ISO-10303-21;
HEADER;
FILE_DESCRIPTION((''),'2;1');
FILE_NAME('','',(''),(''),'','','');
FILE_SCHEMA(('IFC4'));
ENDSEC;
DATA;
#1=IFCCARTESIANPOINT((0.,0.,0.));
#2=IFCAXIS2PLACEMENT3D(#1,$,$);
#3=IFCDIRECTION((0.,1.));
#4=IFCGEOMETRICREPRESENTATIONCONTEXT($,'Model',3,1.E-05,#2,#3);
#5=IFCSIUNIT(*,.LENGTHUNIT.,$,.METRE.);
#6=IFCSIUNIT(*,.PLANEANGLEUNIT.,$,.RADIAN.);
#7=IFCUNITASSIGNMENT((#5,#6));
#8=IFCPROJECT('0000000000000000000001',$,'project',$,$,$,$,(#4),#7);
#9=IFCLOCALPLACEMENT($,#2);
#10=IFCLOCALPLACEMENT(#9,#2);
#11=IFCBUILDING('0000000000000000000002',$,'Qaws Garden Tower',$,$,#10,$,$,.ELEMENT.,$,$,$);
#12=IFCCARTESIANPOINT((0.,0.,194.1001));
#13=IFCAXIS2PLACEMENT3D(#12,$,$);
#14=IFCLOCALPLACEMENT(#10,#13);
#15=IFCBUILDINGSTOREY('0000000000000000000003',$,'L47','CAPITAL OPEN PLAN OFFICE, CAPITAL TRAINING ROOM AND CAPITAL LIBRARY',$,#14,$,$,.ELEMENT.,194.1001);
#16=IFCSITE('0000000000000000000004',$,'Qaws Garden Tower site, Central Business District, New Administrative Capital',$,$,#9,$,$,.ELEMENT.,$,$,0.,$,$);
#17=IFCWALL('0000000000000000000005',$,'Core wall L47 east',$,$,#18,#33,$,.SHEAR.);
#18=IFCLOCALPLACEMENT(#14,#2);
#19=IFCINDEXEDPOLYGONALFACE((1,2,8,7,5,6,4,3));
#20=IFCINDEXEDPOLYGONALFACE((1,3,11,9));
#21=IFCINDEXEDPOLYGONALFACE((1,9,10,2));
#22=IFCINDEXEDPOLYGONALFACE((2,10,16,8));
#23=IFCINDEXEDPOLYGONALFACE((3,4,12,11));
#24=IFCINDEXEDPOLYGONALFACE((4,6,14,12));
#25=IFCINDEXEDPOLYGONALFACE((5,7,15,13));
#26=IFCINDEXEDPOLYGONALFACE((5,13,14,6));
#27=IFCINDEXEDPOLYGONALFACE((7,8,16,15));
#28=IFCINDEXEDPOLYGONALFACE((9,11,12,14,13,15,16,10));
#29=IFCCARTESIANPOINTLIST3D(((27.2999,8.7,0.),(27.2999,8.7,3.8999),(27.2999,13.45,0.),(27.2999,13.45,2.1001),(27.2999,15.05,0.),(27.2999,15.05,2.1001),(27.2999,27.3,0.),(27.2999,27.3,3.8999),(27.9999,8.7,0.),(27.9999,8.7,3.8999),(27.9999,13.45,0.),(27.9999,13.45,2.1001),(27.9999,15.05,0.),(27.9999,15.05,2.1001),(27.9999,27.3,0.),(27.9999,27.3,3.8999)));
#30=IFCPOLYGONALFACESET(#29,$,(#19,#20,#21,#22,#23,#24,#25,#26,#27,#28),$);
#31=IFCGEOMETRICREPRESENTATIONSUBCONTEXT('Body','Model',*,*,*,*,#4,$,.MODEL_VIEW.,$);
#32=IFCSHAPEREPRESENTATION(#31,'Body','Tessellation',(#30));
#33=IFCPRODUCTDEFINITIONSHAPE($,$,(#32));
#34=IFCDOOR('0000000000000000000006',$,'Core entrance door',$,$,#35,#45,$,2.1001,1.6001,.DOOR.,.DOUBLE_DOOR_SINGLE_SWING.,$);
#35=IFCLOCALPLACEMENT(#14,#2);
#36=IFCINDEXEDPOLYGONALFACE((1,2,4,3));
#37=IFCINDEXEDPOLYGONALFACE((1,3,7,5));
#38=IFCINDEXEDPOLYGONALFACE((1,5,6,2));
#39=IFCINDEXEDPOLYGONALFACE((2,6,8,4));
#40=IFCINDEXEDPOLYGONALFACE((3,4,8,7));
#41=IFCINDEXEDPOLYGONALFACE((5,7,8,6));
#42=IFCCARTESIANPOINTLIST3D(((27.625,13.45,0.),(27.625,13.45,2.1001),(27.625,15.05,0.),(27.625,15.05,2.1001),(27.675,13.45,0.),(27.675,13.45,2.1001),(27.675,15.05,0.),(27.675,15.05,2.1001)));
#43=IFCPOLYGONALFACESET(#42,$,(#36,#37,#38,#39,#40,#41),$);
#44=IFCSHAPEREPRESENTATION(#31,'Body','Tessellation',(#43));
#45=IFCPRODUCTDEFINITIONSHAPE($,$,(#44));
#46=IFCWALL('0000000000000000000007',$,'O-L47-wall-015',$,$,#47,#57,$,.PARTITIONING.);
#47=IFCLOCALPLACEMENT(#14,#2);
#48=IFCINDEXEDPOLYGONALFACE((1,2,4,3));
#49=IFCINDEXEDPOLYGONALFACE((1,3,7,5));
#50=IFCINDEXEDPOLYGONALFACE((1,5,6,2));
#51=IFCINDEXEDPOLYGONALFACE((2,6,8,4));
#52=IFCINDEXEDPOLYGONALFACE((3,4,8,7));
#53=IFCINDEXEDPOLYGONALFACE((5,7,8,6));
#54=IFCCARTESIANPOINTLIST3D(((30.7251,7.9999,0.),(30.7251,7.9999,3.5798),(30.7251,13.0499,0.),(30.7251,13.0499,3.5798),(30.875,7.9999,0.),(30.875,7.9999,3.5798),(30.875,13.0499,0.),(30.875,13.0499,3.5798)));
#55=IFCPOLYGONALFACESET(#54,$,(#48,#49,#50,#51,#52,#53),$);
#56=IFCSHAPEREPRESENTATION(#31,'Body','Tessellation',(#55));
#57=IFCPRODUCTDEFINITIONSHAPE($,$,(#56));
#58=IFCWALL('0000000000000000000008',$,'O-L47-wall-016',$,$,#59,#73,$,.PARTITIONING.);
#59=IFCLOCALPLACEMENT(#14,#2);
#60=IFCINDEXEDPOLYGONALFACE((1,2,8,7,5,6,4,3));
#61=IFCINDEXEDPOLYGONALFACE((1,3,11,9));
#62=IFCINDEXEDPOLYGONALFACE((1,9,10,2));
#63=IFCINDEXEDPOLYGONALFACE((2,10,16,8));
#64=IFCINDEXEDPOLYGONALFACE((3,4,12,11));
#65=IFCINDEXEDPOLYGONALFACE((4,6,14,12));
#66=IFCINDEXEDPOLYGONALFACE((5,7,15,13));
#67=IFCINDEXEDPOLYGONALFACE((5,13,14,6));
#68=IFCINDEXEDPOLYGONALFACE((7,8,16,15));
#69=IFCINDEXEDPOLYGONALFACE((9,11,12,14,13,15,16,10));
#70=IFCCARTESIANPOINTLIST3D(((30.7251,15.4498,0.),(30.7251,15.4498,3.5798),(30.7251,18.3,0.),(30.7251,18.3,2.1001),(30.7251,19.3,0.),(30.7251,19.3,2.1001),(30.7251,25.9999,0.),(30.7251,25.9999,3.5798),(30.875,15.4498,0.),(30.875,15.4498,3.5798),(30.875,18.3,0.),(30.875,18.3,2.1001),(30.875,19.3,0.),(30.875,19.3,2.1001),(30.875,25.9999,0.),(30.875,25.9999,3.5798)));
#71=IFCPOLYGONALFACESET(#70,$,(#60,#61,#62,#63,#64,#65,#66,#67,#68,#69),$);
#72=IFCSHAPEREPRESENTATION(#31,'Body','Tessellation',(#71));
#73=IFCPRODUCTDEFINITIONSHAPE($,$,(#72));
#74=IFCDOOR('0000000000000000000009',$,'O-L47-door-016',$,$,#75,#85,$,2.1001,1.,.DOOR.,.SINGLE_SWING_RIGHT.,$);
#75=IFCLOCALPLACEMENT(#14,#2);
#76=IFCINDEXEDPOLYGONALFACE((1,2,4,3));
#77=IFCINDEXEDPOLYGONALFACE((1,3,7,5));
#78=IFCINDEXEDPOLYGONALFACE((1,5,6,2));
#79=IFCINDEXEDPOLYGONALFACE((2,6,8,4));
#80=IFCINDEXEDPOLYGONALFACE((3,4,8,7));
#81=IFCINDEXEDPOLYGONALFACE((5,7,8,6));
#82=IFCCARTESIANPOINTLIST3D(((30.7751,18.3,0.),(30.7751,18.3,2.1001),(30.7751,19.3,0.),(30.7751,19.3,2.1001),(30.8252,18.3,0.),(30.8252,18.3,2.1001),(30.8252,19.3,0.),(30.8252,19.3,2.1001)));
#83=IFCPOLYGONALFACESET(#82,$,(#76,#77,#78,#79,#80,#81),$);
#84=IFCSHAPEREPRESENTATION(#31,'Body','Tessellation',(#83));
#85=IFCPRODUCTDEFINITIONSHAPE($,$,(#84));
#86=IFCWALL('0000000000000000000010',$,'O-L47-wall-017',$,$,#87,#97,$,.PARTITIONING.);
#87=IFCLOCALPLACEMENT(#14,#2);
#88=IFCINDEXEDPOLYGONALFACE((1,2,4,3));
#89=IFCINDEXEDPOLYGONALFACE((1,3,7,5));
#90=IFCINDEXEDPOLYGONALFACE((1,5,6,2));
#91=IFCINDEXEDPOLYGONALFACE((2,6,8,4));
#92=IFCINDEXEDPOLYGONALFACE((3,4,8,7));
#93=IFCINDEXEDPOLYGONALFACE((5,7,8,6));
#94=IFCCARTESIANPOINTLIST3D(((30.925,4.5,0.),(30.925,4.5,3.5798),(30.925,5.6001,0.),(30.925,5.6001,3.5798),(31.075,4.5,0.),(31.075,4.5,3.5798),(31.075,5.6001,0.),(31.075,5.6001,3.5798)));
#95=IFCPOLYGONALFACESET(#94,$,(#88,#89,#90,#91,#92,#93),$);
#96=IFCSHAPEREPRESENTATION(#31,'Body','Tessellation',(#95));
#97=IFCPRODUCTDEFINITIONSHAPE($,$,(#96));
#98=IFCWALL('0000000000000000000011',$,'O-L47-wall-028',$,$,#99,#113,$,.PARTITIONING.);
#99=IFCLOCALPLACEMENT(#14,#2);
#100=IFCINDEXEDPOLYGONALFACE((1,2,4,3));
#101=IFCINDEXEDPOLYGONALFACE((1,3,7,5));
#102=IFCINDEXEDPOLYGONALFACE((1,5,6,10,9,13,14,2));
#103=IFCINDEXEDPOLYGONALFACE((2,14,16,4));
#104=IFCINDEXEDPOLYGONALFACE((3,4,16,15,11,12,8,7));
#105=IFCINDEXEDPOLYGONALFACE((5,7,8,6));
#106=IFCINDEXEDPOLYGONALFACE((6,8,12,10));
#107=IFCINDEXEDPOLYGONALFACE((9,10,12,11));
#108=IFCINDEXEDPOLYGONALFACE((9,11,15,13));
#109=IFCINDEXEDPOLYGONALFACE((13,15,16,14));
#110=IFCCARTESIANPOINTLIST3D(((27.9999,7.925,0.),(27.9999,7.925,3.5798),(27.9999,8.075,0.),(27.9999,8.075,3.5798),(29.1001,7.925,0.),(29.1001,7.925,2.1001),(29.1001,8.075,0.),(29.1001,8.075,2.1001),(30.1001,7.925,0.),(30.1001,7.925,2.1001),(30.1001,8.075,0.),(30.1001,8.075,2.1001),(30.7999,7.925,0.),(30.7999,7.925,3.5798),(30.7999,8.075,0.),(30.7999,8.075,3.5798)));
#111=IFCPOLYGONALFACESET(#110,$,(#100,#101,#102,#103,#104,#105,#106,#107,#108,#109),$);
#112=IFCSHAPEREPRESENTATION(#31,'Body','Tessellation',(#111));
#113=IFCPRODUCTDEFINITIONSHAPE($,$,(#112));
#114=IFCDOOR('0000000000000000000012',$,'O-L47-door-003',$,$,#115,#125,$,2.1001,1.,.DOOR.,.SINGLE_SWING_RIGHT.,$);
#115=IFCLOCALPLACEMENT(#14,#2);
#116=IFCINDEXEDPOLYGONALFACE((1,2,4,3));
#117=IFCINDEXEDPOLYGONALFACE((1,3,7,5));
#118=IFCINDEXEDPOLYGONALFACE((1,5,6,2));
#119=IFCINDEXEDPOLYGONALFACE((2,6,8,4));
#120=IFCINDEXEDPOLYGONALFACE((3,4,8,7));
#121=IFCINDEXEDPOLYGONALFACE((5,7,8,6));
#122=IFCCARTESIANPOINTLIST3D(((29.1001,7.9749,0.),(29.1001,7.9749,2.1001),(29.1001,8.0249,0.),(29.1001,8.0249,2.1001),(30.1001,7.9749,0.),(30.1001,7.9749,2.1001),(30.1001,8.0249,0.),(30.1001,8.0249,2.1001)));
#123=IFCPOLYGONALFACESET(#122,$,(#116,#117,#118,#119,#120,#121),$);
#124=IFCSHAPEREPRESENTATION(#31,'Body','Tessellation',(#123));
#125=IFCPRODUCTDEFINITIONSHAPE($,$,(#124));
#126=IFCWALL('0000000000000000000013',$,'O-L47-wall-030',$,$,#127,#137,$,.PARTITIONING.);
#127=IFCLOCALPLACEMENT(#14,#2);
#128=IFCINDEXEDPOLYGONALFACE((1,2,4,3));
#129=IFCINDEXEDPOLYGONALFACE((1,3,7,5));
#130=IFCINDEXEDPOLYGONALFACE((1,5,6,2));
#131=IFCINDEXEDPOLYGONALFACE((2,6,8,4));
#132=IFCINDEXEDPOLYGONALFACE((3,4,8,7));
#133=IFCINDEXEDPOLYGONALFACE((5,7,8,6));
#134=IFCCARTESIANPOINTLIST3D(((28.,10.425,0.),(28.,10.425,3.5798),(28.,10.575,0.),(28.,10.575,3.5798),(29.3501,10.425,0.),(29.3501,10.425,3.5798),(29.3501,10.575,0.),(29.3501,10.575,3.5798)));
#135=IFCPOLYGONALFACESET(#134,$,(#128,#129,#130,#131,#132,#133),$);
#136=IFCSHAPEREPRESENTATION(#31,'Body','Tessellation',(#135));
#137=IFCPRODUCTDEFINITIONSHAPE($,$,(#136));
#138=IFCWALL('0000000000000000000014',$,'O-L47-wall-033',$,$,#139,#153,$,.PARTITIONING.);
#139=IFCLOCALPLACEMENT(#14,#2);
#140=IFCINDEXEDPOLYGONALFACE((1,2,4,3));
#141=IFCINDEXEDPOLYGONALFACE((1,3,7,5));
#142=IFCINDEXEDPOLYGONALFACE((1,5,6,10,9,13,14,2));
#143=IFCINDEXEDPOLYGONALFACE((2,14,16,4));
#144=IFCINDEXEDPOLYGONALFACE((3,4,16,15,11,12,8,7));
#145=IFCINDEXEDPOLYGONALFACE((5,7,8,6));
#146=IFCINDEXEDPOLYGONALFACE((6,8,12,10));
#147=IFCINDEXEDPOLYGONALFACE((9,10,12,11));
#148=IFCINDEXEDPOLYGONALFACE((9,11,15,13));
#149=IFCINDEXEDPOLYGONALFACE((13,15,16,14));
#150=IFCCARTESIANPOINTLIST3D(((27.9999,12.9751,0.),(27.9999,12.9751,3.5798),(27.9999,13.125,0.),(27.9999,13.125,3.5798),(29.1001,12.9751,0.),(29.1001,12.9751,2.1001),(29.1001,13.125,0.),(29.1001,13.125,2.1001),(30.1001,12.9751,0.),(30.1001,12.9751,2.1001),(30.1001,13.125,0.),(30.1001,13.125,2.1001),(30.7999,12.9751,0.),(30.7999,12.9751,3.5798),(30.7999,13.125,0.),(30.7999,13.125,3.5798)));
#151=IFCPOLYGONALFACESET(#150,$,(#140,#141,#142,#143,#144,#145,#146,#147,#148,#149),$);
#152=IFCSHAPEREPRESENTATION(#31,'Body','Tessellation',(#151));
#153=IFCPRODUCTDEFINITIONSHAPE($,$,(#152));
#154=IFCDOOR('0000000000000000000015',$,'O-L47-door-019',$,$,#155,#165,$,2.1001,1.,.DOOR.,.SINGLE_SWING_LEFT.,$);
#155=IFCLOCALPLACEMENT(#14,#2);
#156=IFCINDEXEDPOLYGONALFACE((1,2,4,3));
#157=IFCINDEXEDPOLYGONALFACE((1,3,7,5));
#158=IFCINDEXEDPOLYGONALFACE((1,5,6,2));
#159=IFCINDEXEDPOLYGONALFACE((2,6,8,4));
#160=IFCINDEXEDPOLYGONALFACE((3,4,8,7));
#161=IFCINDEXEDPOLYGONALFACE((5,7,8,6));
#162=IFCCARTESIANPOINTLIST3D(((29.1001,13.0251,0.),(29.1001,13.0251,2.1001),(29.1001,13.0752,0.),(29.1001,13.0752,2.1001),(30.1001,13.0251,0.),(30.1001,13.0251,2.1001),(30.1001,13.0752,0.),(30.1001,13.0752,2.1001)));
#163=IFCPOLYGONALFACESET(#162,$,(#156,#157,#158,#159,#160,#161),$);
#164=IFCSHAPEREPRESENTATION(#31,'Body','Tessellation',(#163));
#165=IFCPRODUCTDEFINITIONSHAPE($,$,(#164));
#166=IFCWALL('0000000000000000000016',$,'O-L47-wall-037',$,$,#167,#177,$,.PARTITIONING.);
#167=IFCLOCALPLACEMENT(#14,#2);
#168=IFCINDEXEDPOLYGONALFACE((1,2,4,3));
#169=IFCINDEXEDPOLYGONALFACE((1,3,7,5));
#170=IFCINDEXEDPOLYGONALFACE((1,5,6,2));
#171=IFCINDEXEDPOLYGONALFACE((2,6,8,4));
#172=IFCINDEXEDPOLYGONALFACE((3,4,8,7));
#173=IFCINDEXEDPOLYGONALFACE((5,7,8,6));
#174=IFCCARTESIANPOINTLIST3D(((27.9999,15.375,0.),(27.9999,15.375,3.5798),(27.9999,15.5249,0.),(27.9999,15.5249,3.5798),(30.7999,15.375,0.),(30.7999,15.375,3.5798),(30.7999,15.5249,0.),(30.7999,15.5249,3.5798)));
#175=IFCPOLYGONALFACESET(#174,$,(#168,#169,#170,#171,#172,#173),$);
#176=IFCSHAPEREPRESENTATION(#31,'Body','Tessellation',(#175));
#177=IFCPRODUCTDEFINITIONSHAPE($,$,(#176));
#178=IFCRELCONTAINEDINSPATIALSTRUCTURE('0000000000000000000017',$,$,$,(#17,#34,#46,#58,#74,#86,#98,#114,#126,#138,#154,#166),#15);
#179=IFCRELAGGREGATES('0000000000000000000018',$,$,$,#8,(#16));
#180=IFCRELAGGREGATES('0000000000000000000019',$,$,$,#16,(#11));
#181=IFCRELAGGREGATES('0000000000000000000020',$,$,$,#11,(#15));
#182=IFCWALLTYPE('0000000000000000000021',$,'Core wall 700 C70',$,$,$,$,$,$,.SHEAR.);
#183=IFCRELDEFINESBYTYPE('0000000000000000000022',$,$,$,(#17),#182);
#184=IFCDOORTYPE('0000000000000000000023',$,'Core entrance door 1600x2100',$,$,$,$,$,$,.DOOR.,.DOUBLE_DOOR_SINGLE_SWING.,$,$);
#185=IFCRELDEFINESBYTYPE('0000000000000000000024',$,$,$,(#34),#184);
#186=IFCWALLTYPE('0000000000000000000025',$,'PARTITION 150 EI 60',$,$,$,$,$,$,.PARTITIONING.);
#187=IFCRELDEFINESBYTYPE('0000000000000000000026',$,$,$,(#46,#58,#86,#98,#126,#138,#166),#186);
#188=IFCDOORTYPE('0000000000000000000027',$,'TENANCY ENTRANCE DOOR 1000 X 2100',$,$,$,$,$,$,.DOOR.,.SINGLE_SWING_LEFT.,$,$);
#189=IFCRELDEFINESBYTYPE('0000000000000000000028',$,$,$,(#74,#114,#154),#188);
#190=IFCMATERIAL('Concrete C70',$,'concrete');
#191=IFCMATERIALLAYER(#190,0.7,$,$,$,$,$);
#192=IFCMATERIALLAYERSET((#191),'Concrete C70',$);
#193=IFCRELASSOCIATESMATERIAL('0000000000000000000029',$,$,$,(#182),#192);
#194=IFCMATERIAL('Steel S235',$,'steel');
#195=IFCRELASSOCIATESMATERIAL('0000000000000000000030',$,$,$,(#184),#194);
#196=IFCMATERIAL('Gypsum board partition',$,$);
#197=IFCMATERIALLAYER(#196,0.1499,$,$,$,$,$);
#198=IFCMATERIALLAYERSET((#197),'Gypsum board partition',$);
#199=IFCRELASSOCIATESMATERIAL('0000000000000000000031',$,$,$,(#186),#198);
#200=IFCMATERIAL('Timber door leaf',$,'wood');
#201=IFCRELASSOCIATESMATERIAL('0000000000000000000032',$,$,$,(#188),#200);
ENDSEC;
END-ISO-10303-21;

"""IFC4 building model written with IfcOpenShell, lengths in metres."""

from ifc_helpers import new_model, si_unit, direction, frame, frame_2d, origin, place, context, subcontext, project, spatial, rectangle, extrude, material, layer, layer_set, type_object, element, fill, save


model = new_model("IFC4")

# Units and contexts
model_context = context("Model", 3, precision=1e-05, world=origin(), true_north=direction((0.0, 1.0)))
body_context = subcontext(model_context, "Body", "Model", "MODEL_VIEW")
ifc_project = project(units=[si_unit("LENGTHUNIT", "METRE"), si_unit("PLANEANGLEUNIT", "RADIAN")], contexts=[model_context])

# Site, building, storey
site_placement = place(None, origin())
site = spatial("IfcSite", under=ifc_project, at=site_placement, Name="Qaws Garden Tower site, Central Business District, New Administrative Capital", CompositionType="ELEMENT", RefElevation=0.0)
building_placement = place(site_placement, origin())
building = spatial("IfcBuilding", under=site, at=building_placement, Name="Qaws Garden Tower", CompositionType="ELEMENT")
storey_placement = place(building_placement, frame((0.0, 0.0, 194.1001)))
storey = spatial("IfcBuildingStorey", under=building, at=storey_placement, Name="L47", Description="CAPITAL OPEN PLAN OFFICE, CAPITAL TRAINING ROOM AND CAPITAL LIBRARY", CompositionType="ELEMENT", Elevation=194.1001)

# Wall, opening, door
ifc_material_1 = material(Name="Concrete C70", Category="concrete")
ifc_layer_1 = layer(ifc_material_1, 0.7)
ifc_layer_set_1 = layer_set([ifc_layer_1], Name="Concrete C70")
wall_type_1 = type_object("IfcWallType", Name="Core wall 700 C70", PredefinedType="SHEAR", material=ifc_layer_set_1)
wall_1_placement = place(storey_placement, frame((27.6499, 8.7, 0.0), z_axis=(0.0, 0.0, 1.0), x_axis=(0.0, 1.0, 0.0)))
wall_1 = element("IfcWall", 1, at=wall_1_placement, inside=storey, type_object=wall_type_1, Name="Core wall L47 east", PredefinedType="SHEAR", context=body_context, shape_type="SweptSolid", body=[
    extrude(rectangle(XDim=18.6001, YDim=0.7, at=frame_2d((9.3, 0.0))), origin(), (0.0, 0.0, 1.0), 3.8999),
])
opening_1_placement = place(wall_1_placement, frame((4.75, 0.0, 0.0)))
opening_1 = element("IfcOpeningElement", 2, at=opening_1_placement, cuts=wall_1, PredefinedType="OPENING", context=body_context, shape_type="SweptSolid", body=[
    extrude(rectangle(XDim=1.6001, YDim=2.1001, at=frame_2d((0.8, 1.05))), frame((0.0, 0.3599, 0.0), z_axis=(0.0, -1.0, 0.0), x_axis=(1.0, 0.0, 0.0)), (0.0, 0.0, 1.0), 0.72),
])
ifc_material_2 = material(Name="Steel S235", Category="steel")
door_type_1 = type_object("IfcDoorType", Name="Core entrance door 1600x2100", OperationType="DOUBLE_DOOR_SINGLE_SWING", PredefinedType="DOOR", material=ifc_material_2)
door_1_placement = place(opening_1_placement, origin())
door_1 = element("IfcDoor", 3, at=door_1_placement, inside=storey, type_object=door_type_1, Name="Core entrance door", OperationType="DOUBLE_DOOR_SINGLE_SWING", OverallHeight=2.1001, OverallWidth=1.6001, PredefinedType="DOOR", context=body_context, shape_type="SweptSolid", body=[
    extrude(rectangle(XDim=1.6001, YDim=2.1001, at=frame_2d((0.8, 1.05))), frame((0.0, 0.0249, 0.0), z_axis=(0.0, -1.0, 0.0), x_axis=(1.0, 0.0, 0.0)), (0.0, 0.0, 1.0), 0.05),
])
fill(opening_1, door_1)

# Wall
ifc_material_3 = material(Name="Gypsum board partition")
ifc_layer_2 = layer(ifc_material_3, 0.1499)
ifc_layer_set_2 = layer_set([ifc_layer_2], Name="Gypsum board partition")
wall_type_2 = type_object("IfcWallType", Name="PARTITION 150 EI 60", PredefinedType="PARTITIONING", material=ifc_layer_set_2)
wall_2_placement = place(storey_placement, frame((30.8, 8.0, 0.0), z_axis=(0.0, 0.0, 1.0), x_axis=(0.0, 1.0, 0.0)))
element("IfcWall", 4, at=wall_2_placement, inside=storey, type_object=wall_type_2, Name="O-L47-wall-015", PredefinedType="PARTITIONING", context=body_context, shape_type="SweptSolid", body=[
    extrude(rectangle(XDim=5.05, YDim=0.1499, at=frame_2d((2.5249, 0.0))), origin(), (0.0, 0.0, 1.0), 3.5798),
])

# Wall, opening, door
wall_3_placement = place(storey_placement, frame((30.8, 15.45, 0.0), z_axis=(0.0, 0.0, 1.0), x_axis=(0.0, 1.0, 0.0)))
wall_3 = element("IfcWall", 5, at=wall_3_placement, inside=storey, type_object=wall_type_2, Name="O-L47-wall-016", PredefinedType="PARTITIONING", context=body_context, shape_type="SweptSolid", body=[
    extrude(rectangle(XDim=10.55, YDim=0.1499, at=frame_2d((5.2749, 0.0))), origin(), (0.0, 0.0, 1.0), 3.5798),
])
opening_2_placement = place(wall_3_placement, frame((2.8501, 0.0, 0.0)))
opening_2 = element("IfcOpeningElement", 6, at=opening_2_placement, cuts=wall_3, PredefinedType="OPENING", context=body_context, shape_type="SweptSolid", body=[
    extrude(rectangle(XDim=1.0, YDim=2.1001, at=frame_2d((0.5, 1.05))), frame((0.0, 0.085, 0.0), z_axis=(0.0, -1.0, 0.0), x_axis=(1.0, 0.0, 0.0)), (0.0, 0.0, 1.0), 0.1699),
])
ifc_material_4 = material(Name="Timber door leaf", Category="wood")
door_type_2 = type_object("IfcDoorType", Name="TENANCY ENTRANCE DOOR 1000 X 2100", OperationType="SINGLE_SWING_LEFT", PredefinedType="DOOR", material=ifc_material_4)
door_2_placement = place(opening_2_placement, origin())
door_2 = element("IfcDoor", 7, at=door_2_placement, inside=storey, type_object=door_type_2, Name="O-L47-door-016", OperationType="SINGLE_SWING_RIGHT", OverallHeight=2.1001, OverallWidth=1.0, PredefinedType="DOOR", context=body_context, shape_type="SweptSolid", body=[
    extrude(rectangle(XDim=1.0, YDim=2.1001, at=frame_2d((0.5, 1.05))), frame((0.0, 0.0249, 0.0), z_axis=(0.0, -1.0, 0.0), x_axis=(1.0, 0.0, 0.0)), (0.0, 0.0, 1.0), 0.05),
])
fill(opening_2, door_2)

# Wall
wall_4_placement = place(storey_placement, frame((31.0, 4.5, 0.0), z_axis=(0.0, 0.0, 1.0), x_axis=(0.0, 1.0, 0.0)))
element("IfcWall", 8, at=wall_4_placement, inside=storey, type_object=wall_type_2, Name="O-L47-wall-017", PredefinedType="PARTITIONING", context=body_context, shape_type="SweptSolid", body=[
    extrude(rectangle(XDim=1.1001, YDim=0.1499, at=frame_2d((0.55, 0.0))), origin(), (0.0, 0.0, 1.0), 3.5798),
])

# Wall, opening, door
wall_5_placement = place(storey_placement, frame((28.0, 8.0, 0.0), z_axis=(0.0, 0.0, 1.0), x_axis=(1.0, 0.0, 0.0)))
wall_5 = element("IfcWall", 9, at=wall_5_placement, inside=storey, type_object=wall_type_2, Name="O-L47-wall-028", PredefinedType="PARTITIONING", context=body_context, shape_type="SweptSolid", body=[
    extrude(rectangle(XDim=2.8, YDim=0.1499, at=frame_2d((1.3999, 0.0))), origin(), (0.0, 0.0, 1.0), 3.5798),
])
opening_3_placement = place(wall_5_placement, frame((1.1001, 0.0, 0.0)))
opening_3 = element("IfcOpeningElement", 10, at=opening_3_placement, cuts=wall_5, PredefinedType="OPENING", context=body_context, shape_type="SweptSolid", body=[
    extrude(rectangle(XDim=1.0, YDim=2.1001, at=frame_2d((0.5, 1.05))), frame((0.0, 0.085, 0.0), z_axis=(0.0, -1.0, 0.0), x_axis=(1.0, 0.0, 0.0)), (0.0, 0.0, 1.0), 0.1699),
])
door_3_placement = place(opening_3_placement, origin())
door_3 = element("IfcDoor", 11, at=door_3_placement, inside=storey, type_object=door_type_2, Name="O-L47-door-003", OperationType="SINGLE_SWING_RIGHT", OverallHeight=2.1001, OverallWidth=1.0, PredefinedType="DOOR", context=body_context, shape_type="SweptSolid", body=[
    extrude(rectangle(XDim=1.0, YDim=2.1001, at=frame_2d((0.5, 1.05))), frame((0.0, 0.0249, 0.0), z_axis=(0.0, -1.0, 0.0), x_axis=(1.0, 0.0, 0.0)), (0.0, 0.0, 1.0), 0.05),
])
fill(opening_3, door_3)

# Wall
wall_6_placement = place(storey_placement, frame((28.0, 10.5, 0.0), z_axis=(0.0, 0.0, 1.0), x_axis=(1.0, 0.0, 0.0)))
element("IfcWall", 12, at=wall_6_placement, inside=storey, type_object=wall_type_2, Name="O-L47-wall-030", PredefinedType="PARTITIONING", context=body_context, shape_type="SweptSolid", body=[
    extrude(rectangle(XDim=1.3501, YDim=0.1499, at=frame_2d((0.675, 0.0))), origin(), (0.0, 0.0, 1.0), 3.5798),
])

# Wall, opening, door
wall_7_placement = place(storey_placement, frame((28.0, 13.05, 0.0), z_axis=(0.0, 0.0, 1.0), x_axis=(1.0, 0.0, 0.0)))
wall_7 = element("IfcWall", 13, at=wall_7_placement, inside=storey, type_object=wall_type_2, Name="O-L47-wall-033", PredefinedType="PARTITIONING", context=body_context, shape_type="SweptSolid", body=[
    extrude(rectangle(XDim=2.8, YDim=0.1499, at=frame_2d((1.3999, 0.0))), origin(), (0.0, 0.0, 1.0), 3.5798),
])
opening_4_placement = place(wall_7_placement, frame((1.1001, 0.0, 0.0)))
opening_4 = element("IfcOpeningElement", 14, at=opening_4_placement, cuts=wall_7, PredefinedType="OPENING", context=body_context, shape_type="SweptSolid", body=[
    extrude(rectangle(XDim=1.0, YDim=2.1001, at=frame_2d((0.5, 1.05))), frame((0.0, 0.085, 0.0), z_axis=(0.0, -1.0, 0.0), x_axis=(1.0, 0.0, 0.0)), (0.0, 0.0, 1.0), 0.1699),
])
door_4_placement = place(opening_4_placement, frame((1.0, 0.0, 0.0), z_axis=(0.0, 0.0, 1.0), x_axis=(-1.0, 0.0, 0.0)))
door_4 = element("IfcDoor", 15, at=door_4_placement, inside=storey, type_object=door_type_2, Name="O-L47-door-019", OperationType="SINGLE_SWING_LEFT", OverallHeight=2.1001, OverallWidth=1.0, PredefinedType="DOOR", context=body_context, shape_type="SweptSolid", body=[
    extrude(rectangle(XDim=1.0, YDim=2.1001, at=frame_2d((0.5, 1.05))), frame((0.0, 0.0249, 0.0), z_axis=(0.0, -1.0, 0.0), x_axis=(1.0, 0.0, 0.0)), (0.0, 0.0, 1.0), 0.05),
])
fill(opening_4, door_4)

# Wall
wall_8_placement = place(storey_placement, frame((28.0, 15.45, 0.0), z_axis=(0.0, 0.0, 1.0), x_axis=(1.0, 0.0, 0.0)))
element("IfcWall", 16, at=wall_8_placement, inside=storey, type_object=wall_type_2, Name="O-L47-wall-037", PredefinedType="PARTITIONING", context=body_context, shape_type="SweptSolid", body=[
    extrude(rectangle(XDim=2.8, YDim=0.1499, at=frame_2d((1.3999, 0.0))), origin(), (0.0, 0.0, 1.0), 3.5798),
])

save(model, "model.ifc")
